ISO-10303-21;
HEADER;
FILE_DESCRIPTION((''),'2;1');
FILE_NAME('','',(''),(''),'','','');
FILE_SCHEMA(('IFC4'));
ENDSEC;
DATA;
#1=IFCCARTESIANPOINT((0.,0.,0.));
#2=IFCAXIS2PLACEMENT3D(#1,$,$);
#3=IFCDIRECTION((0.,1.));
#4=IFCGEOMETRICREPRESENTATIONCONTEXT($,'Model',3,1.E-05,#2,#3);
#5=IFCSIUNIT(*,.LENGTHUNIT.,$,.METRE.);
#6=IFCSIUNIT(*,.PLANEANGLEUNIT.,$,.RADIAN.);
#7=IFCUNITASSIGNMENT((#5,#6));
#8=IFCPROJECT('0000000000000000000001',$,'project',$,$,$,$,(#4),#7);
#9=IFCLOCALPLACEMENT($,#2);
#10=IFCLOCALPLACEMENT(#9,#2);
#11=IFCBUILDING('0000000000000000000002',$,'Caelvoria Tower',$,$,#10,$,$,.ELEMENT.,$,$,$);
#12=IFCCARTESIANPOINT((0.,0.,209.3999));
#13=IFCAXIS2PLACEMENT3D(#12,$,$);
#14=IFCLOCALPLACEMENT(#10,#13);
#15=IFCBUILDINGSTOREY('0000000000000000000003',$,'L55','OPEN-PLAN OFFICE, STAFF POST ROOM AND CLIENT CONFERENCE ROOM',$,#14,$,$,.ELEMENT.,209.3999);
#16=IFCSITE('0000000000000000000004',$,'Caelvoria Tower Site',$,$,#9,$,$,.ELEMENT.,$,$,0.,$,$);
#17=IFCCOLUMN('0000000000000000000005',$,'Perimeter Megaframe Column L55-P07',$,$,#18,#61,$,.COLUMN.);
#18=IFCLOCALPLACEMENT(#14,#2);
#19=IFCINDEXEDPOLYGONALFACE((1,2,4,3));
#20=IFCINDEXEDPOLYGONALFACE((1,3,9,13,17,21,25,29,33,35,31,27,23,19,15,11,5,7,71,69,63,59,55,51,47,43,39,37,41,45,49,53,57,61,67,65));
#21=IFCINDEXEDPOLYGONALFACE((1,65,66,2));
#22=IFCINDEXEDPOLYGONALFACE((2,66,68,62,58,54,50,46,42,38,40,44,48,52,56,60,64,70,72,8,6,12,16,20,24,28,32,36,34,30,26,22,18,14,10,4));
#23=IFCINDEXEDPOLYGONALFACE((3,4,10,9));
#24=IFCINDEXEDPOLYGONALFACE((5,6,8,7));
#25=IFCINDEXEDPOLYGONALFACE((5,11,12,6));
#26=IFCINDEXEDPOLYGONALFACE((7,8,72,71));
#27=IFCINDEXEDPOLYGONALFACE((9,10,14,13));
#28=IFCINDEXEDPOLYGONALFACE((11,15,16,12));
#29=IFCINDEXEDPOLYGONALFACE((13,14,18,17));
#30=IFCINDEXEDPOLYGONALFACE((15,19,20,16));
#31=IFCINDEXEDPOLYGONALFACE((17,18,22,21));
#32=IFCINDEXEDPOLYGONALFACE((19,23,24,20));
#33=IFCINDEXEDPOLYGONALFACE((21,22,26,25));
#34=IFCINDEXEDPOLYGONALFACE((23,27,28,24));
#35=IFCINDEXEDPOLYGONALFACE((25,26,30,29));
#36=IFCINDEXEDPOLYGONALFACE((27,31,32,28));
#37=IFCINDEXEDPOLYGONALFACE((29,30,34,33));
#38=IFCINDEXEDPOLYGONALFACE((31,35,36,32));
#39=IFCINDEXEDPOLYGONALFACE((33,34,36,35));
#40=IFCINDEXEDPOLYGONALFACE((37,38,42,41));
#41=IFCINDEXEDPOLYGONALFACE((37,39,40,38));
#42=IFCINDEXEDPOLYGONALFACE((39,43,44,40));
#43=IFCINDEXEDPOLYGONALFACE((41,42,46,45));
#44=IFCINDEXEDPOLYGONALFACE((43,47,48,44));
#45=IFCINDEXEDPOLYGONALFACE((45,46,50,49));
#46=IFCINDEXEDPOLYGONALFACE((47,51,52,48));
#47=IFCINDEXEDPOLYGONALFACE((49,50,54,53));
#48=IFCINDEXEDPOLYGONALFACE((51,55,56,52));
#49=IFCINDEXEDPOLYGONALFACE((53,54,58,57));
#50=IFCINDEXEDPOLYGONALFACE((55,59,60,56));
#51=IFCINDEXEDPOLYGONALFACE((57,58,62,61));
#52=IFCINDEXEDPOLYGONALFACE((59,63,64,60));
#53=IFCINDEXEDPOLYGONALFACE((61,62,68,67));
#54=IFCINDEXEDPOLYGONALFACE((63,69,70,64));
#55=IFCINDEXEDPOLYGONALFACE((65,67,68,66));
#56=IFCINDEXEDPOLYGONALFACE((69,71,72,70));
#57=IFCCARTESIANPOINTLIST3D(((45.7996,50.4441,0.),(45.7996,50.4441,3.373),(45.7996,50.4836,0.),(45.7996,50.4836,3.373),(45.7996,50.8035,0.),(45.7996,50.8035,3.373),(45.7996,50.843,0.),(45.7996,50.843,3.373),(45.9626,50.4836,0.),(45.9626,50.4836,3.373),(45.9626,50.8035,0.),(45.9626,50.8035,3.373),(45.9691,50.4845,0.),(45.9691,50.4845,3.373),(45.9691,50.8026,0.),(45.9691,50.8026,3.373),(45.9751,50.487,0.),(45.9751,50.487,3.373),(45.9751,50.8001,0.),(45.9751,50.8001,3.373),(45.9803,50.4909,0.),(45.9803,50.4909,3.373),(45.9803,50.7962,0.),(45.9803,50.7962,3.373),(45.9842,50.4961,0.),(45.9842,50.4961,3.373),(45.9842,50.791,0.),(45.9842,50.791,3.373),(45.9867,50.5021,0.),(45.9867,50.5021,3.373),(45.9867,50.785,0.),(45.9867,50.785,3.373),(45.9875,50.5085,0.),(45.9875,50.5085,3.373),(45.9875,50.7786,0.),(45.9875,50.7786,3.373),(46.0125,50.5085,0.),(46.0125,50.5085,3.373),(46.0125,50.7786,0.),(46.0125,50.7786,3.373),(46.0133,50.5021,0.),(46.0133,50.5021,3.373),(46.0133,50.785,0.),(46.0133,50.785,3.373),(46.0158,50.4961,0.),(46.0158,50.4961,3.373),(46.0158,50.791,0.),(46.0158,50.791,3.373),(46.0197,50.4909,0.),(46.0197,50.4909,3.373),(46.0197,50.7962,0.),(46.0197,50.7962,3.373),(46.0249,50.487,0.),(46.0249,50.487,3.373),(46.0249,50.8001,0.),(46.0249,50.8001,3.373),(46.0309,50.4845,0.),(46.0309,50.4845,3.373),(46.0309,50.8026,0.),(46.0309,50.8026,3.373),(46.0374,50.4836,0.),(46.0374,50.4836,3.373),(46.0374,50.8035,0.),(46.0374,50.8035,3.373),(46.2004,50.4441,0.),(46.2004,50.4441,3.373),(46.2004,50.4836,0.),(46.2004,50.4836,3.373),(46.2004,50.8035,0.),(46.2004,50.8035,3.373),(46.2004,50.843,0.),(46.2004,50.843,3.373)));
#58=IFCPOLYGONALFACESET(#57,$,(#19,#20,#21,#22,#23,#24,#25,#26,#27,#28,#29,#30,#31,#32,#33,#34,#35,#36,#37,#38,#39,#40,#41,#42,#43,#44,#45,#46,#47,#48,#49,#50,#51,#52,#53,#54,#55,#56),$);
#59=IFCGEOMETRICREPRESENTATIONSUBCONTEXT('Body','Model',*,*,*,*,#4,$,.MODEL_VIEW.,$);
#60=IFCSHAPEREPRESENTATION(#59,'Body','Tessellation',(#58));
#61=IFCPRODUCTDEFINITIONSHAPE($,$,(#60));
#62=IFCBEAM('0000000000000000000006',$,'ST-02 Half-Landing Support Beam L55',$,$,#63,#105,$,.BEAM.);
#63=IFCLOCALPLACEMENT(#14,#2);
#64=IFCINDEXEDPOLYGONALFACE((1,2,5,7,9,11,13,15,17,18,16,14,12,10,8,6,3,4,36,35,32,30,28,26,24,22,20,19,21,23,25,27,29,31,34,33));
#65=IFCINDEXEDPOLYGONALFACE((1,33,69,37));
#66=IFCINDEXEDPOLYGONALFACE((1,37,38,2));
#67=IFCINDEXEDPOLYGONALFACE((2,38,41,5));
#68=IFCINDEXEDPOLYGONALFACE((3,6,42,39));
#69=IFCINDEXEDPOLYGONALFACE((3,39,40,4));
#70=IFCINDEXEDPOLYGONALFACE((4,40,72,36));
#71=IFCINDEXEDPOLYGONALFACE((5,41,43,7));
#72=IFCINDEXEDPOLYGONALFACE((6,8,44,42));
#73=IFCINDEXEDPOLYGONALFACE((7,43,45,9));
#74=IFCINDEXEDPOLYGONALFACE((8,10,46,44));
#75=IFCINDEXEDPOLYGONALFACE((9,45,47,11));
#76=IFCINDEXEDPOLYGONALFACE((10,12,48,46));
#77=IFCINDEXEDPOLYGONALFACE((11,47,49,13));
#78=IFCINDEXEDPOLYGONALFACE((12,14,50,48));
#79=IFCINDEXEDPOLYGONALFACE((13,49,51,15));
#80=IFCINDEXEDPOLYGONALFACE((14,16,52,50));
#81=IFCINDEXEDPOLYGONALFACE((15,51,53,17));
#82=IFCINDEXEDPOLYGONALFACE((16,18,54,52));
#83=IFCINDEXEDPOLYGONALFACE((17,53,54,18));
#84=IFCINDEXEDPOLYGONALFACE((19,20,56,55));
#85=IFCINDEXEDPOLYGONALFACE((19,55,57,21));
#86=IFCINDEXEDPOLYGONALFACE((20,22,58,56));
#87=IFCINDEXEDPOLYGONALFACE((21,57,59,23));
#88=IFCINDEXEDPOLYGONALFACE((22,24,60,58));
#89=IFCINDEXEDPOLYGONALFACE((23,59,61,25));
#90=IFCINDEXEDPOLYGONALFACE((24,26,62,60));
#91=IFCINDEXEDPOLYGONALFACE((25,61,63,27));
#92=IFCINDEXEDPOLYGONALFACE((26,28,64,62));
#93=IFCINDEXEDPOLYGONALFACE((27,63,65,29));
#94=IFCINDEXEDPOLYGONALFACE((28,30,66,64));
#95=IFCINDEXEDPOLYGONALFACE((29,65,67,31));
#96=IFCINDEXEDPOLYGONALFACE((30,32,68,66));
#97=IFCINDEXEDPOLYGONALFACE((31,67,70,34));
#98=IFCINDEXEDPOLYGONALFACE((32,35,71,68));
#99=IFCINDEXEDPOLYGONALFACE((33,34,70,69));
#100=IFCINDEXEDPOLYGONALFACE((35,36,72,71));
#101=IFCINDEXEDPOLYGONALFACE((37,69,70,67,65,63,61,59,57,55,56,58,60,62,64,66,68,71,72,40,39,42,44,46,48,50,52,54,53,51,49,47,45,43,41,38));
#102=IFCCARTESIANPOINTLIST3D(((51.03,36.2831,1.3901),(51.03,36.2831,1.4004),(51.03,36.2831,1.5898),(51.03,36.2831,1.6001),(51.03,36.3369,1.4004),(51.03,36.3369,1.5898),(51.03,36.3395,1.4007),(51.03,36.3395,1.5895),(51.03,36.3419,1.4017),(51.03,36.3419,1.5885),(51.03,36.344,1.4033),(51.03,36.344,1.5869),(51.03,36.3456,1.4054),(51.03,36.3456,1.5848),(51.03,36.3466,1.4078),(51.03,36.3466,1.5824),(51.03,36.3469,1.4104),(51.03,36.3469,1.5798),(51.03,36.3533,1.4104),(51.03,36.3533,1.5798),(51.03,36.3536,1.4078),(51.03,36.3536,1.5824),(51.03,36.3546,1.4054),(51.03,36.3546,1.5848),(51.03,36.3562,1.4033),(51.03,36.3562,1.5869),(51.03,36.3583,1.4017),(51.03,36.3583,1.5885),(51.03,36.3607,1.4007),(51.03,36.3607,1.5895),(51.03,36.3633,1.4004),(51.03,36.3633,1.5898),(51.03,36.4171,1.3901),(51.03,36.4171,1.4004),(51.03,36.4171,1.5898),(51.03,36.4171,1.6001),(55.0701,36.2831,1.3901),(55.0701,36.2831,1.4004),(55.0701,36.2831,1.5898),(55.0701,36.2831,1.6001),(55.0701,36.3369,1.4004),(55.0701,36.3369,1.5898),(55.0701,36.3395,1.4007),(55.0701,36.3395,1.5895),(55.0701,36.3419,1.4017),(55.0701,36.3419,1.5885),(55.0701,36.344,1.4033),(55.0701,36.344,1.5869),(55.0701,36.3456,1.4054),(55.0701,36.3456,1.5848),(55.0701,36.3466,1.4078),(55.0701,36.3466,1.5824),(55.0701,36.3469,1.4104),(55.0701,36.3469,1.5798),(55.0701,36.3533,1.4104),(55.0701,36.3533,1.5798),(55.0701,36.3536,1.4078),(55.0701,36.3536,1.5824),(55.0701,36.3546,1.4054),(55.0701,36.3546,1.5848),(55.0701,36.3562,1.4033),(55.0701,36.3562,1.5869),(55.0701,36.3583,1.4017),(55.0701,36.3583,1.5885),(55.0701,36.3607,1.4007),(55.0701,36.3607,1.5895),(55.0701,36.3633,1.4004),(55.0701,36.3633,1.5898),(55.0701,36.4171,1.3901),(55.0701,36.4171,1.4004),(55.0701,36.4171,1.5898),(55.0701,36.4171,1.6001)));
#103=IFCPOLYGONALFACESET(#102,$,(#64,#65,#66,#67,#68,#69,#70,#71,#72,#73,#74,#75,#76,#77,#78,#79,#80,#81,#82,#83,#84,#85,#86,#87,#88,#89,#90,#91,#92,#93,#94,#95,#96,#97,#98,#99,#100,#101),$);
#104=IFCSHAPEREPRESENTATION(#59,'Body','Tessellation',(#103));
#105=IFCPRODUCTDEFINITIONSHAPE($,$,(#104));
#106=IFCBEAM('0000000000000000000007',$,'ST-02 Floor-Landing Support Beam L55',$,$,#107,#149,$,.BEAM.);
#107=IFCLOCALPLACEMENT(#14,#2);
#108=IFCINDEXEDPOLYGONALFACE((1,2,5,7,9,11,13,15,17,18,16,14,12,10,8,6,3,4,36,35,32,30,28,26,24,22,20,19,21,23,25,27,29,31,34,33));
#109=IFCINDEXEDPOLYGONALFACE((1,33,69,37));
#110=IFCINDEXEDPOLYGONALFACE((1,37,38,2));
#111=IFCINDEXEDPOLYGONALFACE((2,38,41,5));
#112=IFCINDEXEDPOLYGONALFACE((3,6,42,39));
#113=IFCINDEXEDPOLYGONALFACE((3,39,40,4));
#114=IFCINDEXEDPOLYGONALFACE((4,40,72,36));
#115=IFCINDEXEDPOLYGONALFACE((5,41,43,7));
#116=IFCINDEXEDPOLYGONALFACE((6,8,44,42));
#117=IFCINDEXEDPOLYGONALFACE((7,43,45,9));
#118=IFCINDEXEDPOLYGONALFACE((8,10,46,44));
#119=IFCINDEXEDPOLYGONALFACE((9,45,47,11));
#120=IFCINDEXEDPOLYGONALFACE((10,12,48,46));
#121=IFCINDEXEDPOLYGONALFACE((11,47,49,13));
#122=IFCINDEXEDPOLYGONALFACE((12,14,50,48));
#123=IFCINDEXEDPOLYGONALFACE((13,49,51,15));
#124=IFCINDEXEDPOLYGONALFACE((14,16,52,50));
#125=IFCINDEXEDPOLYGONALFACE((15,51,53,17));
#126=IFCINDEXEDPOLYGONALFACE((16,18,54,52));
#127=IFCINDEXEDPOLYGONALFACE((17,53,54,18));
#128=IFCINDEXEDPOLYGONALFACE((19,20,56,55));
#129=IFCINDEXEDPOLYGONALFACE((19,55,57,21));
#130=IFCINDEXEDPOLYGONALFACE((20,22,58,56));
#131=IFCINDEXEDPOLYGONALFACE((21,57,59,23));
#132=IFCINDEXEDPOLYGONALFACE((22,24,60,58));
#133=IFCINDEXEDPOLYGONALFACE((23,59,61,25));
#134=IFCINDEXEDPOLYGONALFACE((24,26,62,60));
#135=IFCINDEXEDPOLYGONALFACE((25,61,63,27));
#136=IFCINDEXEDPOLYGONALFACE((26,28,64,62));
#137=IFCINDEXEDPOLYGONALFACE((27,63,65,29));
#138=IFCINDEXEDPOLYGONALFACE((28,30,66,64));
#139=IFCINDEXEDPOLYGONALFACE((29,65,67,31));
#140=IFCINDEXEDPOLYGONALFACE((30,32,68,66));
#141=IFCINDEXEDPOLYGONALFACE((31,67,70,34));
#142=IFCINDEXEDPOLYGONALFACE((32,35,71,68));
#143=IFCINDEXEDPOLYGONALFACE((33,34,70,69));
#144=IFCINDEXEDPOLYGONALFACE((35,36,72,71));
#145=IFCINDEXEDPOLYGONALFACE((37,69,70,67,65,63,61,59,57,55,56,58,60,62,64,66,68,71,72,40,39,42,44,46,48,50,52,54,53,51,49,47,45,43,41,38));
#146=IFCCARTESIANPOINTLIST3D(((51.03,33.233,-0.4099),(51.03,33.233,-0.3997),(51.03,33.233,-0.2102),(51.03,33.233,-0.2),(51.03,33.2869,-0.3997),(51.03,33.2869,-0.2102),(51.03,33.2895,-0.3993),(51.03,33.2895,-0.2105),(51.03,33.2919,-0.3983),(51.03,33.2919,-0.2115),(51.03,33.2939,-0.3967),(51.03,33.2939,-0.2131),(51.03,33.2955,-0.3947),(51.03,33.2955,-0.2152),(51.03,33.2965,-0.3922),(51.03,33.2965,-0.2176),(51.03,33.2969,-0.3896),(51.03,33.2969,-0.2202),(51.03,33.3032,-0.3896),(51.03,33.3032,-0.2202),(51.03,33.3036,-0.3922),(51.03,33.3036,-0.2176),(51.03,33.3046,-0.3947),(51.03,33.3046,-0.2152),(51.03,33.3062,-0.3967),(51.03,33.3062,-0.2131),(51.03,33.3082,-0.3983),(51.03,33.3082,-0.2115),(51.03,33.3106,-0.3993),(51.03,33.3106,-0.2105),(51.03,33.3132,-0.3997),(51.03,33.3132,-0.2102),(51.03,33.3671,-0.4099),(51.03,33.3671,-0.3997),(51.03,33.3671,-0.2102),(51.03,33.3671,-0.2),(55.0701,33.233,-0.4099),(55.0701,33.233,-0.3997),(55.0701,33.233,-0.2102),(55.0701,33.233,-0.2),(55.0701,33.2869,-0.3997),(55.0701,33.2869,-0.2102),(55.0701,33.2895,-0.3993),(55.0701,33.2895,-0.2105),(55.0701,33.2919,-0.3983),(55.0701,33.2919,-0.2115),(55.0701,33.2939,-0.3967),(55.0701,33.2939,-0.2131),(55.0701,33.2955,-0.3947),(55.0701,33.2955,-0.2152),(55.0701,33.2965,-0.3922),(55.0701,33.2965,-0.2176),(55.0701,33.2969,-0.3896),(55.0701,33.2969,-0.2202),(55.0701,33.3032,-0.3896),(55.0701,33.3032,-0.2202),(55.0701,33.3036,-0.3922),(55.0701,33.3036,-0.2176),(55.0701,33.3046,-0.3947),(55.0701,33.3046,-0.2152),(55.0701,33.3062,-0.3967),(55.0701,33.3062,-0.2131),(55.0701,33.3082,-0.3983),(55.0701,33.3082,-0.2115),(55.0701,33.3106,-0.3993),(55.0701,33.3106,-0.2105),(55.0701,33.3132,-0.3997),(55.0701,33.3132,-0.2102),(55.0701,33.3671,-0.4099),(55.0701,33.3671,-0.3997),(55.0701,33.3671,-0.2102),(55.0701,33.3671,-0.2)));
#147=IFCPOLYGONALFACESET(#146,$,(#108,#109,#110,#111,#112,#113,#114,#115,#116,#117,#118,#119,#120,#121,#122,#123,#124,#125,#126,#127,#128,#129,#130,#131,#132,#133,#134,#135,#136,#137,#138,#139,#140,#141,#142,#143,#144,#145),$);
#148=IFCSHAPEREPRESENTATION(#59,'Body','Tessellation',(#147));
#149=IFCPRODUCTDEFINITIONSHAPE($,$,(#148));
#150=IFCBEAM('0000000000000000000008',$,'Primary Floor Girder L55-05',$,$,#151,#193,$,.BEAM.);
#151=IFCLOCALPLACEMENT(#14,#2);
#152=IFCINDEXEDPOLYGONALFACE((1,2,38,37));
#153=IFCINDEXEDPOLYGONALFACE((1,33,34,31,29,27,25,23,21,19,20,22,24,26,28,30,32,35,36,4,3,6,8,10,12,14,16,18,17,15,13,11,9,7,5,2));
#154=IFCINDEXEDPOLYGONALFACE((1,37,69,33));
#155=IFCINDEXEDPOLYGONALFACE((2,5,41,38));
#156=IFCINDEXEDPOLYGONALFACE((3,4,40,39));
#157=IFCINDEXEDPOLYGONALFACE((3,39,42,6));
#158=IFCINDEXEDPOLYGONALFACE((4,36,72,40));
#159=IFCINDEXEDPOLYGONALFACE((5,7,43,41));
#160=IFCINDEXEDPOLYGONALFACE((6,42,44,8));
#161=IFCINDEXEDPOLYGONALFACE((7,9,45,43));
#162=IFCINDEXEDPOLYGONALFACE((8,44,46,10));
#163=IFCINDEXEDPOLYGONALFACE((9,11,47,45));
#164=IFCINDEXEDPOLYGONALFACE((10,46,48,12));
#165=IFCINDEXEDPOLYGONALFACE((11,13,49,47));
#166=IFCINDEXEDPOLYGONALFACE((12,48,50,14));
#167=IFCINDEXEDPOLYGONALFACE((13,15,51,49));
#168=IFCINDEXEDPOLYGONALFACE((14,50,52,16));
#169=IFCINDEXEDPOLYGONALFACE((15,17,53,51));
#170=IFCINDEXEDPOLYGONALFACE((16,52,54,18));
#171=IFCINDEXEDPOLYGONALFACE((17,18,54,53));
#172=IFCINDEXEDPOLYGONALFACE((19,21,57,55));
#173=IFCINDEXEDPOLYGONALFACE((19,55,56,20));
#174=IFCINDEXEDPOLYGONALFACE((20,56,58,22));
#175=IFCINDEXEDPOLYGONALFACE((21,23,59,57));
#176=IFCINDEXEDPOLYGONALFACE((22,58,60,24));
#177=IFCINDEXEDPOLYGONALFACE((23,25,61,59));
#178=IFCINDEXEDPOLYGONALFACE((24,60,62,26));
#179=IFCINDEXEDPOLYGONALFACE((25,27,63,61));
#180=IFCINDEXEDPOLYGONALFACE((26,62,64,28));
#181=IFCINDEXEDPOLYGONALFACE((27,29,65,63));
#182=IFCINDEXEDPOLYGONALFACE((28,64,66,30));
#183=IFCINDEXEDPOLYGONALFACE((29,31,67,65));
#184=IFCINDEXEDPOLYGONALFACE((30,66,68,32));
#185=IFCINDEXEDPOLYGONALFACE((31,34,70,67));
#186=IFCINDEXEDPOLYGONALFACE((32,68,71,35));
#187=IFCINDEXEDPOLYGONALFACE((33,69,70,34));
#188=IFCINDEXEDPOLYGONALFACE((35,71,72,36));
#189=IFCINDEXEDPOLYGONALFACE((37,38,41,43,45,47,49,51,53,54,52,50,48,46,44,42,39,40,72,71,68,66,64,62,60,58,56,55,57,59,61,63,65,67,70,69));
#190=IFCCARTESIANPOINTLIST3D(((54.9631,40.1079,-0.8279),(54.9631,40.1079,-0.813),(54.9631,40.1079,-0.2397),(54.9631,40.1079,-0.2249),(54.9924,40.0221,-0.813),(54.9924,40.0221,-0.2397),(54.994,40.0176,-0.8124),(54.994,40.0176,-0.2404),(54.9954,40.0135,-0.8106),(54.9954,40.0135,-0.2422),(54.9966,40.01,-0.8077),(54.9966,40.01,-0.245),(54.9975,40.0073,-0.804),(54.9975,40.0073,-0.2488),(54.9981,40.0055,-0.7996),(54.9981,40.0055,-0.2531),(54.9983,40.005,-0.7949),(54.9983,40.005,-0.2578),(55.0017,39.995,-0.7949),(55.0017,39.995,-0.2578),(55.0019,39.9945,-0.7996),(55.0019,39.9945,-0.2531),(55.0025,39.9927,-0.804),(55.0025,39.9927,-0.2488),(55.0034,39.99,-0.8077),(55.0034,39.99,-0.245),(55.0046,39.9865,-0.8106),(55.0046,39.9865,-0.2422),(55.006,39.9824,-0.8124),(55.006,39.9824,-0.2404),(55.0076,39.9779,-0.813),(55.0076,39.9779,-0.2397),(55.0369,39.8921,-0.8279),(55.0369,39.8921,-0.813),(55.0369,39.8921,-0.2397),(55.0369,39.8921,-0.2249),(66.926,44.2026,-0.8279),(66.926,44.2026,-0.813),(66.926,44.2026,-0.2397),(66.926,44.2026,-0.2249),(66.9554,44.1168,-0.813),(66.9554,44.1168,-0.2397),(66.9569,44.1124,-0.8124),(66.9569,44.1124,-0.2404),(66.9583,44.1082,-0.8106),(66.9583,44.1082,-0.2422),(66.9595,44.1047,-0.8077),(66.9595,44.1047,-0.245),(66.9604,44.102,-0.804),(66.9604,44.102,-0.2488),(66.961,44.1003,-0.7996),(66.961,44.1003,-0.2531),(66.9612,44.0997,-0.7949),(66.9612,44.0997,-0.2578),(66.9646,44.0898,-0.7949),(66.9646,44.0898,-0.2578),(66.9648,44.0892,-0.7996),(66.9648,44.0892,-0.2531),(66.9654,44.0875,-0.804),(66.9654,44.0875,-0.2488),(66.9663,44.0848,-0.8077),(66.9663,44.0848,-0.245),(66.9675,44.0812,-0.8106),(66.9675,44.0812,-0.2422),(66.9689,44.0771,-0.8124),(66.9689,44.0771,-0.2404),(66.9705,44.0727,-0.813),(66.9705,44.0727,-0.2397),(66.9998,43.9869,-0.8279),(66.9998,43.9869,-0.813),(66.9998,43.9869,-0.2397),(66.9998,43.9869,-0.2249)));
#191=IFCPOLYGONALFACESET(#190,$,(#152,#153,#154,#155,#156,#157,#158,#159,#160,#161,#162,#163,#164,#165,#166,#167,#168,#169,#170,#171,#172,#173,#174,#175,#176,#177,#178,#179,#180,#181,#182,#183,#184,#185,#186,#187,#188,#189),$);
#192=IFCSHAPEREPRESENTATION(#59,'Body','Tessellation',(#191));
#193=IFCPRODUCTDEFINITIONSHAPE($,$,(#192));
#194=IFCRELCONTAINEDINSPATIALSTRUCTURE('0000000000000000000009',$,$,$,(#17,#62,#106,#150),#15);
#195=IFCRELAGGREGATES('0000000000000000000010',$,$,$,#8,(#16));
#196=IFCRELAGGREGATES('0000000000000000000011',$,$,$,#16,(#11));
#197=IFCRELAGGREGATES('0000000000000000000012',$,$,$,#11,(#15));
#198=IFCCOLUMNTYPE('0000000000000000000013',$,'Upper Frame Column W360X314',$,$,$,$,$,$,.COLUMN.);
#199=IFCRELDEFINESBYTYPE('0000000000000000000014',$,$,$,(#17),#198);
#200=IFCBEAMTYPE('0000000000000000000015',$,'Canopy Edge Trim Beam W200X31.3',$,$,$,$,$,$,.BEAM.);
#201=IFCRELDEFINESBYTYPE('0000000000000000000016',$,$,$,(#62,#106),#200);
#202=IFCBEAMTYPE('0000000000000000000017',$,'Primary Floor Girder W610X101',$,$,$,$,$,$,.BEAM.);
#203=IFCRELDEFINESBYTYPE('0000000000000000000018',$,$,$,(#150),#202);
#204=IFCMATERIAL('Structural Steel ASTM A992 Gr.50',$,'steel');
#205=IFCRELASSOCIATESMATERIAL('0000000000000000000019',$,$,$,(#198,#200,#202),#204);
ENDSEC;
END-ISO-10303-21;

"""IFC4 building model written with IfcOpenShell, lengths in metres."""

from ifc_helpers import new_model, si_unit, direction, frame, origin, origin_2d, place, context, subcontext, project, spatial, i_section, extrude, material, material_profile, profile_set, type_object, element, save


model = new_model("IFC4")

# Units and contexts
model_context = context("Model", 3, precision=1e-05, world=origin(), true_north=direction((0.0, 1.0)))
body_context = subcontext(model_context, "Body", "Model", "MODEL_VIEW")
ifc_project = project(units=[si_unit("LENGTHUNIT", "METRE"), si_unit("PLANEANGLEUNIT", "RADIAN")], contexts=[model_context])

# Site, building, storey
site_placement = place(None, origin())
site = spatial("IfcSite", under=ifc_project, at=site_placement, Name="Caelvoria Tower Site", CompositionType="ELEMENT", RefElevation=0.0)
building_placement = place(site_placement, origin())
building = spatial("IfcBuilding", under=site, at=building_placement, Name="Caelvoria Tower", CompositionType="ELEMENT")
storey_placement = place(building_placement, frame((0.0, 0.0, 209.3999)))
storey = spatial("IfcBuildingStorey", under=building, at=storey_placement, Name="L55", Description="OPEN-PLAN OFFICE, STAFF POST ROOM AND CLIENT CONFERENCE ROOM", CompositionType="ELEMENT", Elevation=209.3999)

# Column
ifc_material_1 = material(Name="Structural Steel ASTM A992 Gr.50", Category="steel")
ifc_material_profile_1 = material_profile(ifc_material_1, i_section(OverallWidth=0.4009, OverallDepth=0.3989, WebThickness=0.0249, FlangeThickness=0.0396, FilletRadius=0.0249, at=origin_2d()), Name="Structural Steel ASTM A992 Gr.50")
ifc_profile_set_1 = profile_set([ifc_material_profile_1], Name="W360X314 - Structural Steel ASTM A992 Gr.50")
column_type = type_object("IfcColumnType", Name="Upper Frame Column W360X314", PredefinedType="COLUMN", material=ifc_profile_set_1)
column_placement = place(storey_placement, frame((46.0, 50.6436, 0.0), z_axis=(0.0, 0.0, 1.0), x_axis=(1.0, 0.0, 0.0)))
element("IfcColumn", 1, at=column_placement, inside=storey, type_object=column_type, Name="Perimeter Megaframe Column L55-P07", PredefinedType="COLUMN", context=body_context, shape_type="SweptSolid", body=[
    extrude(i_section(OverallWidth=0.4009, OverallDepth=0.3989, WebThickness=0.0249, FlangeThickness=0.0396, FilletRadius=0.0249, at=origin_2d()), origin(), (0.0, 0.0, 1.0), 3.373),
])

# Beams
ifc_material_profile_2 = material_profile(ifc_material_1, i_section(OverallWidth=0.134, OverallDepth=0.21, WebThickness=0.0063, FlangeThickness=0.0103, FilletRadius=0.01, at=origin_2d()), Name="Structural Steel ASTM A992 Gr.50")
ifc_profile_set_2 = profile_set([ifc_material_profile_2], Name="W200X31.3 - Structural Steel ASTM A992 Gr.50")
beam_type_1 = type_object("IfcBeamType", Name="Canopy Edge Trim Beam W200X31.3", PredefinedType="BEAM", material=ifc_profile_set_2)
for number, where, z_axis, x_axis, name in (
    (2, (51.03, 36.3501, 1.4951), (1.0, 0.0, 0.0), (0.0, 1.0, 0.0), "ST-02 Half-Landing Support Beam L55"),
    (3, (51.03, 33.3, -0.3049), (1.0, 0.0, 0.0), (0.0, 1.0, 0.0), "ST-02 Floor-Landing Support Beam L55"),
):
    element("IfcBeam", number, at=place(storey_placement, frame(where, z_axis=z_axis, x_axis=x_axis)), inside=storey, type_object=beam_type_1, Name=name, PredefinedType="BEAM", context=body_context, shape_type="SweptSolid", body=[
        extrude(i_section(OverallWidth=0.134, OverallDepth=0.21, WebThickness=0.0063, FlangeThickness=0.0103, FilletRadius=0.01, at=origin_2d()), origin(), (0.0, 0.0, 1.0), 4.04),
    ])
ifc_material_profile_3 = material_profile(ifc_material_1, i_section(OverallWidth=0.228, OverallDepth=0.603, WebThickness=0.0105, FlangeThickness=0.0149, FilletRadius=0.0181, at=origin_2d()), Name="Structural Steel ASTM A992 Gr.50")
ifc_profile_set_3 = profile_set([ifc_material_profile_3], Name="W610X101 - Structural Steel ASTM A992 Gr.50")
beam_type_2 = type_object("IfcBeamType", Name="Primary Floor Girder W610X101", PredefinedType="BEAM", material=ifc_profile_set_3)
beam_1_placement = place(storey_placement, frame((55.0, 40.0, -0.5264), z_axis=(0.946112, 0.323841, 0.0), x_axis=(-0.323841, 0.946112, 0.0)))
element("IfcBeam", 4, at=beam_1_placement, inside=storey, type_object=beam_type_2, Name="Primary Floor Girder L55-05", PredefinedType="BEAM", context=body_context, shape_type="SweptSolid", body=[
    extrude(i_section(OverallWidth=0.228, OverallDepth=0.603, WebThickness=0.0105, FlangeThickness=0.0149, FilletRadius=0.0181, at=origin_2d()), origin(), (0.0, 0.0, 1.0), 12.6443),
])

save(model, "model.ifc")
